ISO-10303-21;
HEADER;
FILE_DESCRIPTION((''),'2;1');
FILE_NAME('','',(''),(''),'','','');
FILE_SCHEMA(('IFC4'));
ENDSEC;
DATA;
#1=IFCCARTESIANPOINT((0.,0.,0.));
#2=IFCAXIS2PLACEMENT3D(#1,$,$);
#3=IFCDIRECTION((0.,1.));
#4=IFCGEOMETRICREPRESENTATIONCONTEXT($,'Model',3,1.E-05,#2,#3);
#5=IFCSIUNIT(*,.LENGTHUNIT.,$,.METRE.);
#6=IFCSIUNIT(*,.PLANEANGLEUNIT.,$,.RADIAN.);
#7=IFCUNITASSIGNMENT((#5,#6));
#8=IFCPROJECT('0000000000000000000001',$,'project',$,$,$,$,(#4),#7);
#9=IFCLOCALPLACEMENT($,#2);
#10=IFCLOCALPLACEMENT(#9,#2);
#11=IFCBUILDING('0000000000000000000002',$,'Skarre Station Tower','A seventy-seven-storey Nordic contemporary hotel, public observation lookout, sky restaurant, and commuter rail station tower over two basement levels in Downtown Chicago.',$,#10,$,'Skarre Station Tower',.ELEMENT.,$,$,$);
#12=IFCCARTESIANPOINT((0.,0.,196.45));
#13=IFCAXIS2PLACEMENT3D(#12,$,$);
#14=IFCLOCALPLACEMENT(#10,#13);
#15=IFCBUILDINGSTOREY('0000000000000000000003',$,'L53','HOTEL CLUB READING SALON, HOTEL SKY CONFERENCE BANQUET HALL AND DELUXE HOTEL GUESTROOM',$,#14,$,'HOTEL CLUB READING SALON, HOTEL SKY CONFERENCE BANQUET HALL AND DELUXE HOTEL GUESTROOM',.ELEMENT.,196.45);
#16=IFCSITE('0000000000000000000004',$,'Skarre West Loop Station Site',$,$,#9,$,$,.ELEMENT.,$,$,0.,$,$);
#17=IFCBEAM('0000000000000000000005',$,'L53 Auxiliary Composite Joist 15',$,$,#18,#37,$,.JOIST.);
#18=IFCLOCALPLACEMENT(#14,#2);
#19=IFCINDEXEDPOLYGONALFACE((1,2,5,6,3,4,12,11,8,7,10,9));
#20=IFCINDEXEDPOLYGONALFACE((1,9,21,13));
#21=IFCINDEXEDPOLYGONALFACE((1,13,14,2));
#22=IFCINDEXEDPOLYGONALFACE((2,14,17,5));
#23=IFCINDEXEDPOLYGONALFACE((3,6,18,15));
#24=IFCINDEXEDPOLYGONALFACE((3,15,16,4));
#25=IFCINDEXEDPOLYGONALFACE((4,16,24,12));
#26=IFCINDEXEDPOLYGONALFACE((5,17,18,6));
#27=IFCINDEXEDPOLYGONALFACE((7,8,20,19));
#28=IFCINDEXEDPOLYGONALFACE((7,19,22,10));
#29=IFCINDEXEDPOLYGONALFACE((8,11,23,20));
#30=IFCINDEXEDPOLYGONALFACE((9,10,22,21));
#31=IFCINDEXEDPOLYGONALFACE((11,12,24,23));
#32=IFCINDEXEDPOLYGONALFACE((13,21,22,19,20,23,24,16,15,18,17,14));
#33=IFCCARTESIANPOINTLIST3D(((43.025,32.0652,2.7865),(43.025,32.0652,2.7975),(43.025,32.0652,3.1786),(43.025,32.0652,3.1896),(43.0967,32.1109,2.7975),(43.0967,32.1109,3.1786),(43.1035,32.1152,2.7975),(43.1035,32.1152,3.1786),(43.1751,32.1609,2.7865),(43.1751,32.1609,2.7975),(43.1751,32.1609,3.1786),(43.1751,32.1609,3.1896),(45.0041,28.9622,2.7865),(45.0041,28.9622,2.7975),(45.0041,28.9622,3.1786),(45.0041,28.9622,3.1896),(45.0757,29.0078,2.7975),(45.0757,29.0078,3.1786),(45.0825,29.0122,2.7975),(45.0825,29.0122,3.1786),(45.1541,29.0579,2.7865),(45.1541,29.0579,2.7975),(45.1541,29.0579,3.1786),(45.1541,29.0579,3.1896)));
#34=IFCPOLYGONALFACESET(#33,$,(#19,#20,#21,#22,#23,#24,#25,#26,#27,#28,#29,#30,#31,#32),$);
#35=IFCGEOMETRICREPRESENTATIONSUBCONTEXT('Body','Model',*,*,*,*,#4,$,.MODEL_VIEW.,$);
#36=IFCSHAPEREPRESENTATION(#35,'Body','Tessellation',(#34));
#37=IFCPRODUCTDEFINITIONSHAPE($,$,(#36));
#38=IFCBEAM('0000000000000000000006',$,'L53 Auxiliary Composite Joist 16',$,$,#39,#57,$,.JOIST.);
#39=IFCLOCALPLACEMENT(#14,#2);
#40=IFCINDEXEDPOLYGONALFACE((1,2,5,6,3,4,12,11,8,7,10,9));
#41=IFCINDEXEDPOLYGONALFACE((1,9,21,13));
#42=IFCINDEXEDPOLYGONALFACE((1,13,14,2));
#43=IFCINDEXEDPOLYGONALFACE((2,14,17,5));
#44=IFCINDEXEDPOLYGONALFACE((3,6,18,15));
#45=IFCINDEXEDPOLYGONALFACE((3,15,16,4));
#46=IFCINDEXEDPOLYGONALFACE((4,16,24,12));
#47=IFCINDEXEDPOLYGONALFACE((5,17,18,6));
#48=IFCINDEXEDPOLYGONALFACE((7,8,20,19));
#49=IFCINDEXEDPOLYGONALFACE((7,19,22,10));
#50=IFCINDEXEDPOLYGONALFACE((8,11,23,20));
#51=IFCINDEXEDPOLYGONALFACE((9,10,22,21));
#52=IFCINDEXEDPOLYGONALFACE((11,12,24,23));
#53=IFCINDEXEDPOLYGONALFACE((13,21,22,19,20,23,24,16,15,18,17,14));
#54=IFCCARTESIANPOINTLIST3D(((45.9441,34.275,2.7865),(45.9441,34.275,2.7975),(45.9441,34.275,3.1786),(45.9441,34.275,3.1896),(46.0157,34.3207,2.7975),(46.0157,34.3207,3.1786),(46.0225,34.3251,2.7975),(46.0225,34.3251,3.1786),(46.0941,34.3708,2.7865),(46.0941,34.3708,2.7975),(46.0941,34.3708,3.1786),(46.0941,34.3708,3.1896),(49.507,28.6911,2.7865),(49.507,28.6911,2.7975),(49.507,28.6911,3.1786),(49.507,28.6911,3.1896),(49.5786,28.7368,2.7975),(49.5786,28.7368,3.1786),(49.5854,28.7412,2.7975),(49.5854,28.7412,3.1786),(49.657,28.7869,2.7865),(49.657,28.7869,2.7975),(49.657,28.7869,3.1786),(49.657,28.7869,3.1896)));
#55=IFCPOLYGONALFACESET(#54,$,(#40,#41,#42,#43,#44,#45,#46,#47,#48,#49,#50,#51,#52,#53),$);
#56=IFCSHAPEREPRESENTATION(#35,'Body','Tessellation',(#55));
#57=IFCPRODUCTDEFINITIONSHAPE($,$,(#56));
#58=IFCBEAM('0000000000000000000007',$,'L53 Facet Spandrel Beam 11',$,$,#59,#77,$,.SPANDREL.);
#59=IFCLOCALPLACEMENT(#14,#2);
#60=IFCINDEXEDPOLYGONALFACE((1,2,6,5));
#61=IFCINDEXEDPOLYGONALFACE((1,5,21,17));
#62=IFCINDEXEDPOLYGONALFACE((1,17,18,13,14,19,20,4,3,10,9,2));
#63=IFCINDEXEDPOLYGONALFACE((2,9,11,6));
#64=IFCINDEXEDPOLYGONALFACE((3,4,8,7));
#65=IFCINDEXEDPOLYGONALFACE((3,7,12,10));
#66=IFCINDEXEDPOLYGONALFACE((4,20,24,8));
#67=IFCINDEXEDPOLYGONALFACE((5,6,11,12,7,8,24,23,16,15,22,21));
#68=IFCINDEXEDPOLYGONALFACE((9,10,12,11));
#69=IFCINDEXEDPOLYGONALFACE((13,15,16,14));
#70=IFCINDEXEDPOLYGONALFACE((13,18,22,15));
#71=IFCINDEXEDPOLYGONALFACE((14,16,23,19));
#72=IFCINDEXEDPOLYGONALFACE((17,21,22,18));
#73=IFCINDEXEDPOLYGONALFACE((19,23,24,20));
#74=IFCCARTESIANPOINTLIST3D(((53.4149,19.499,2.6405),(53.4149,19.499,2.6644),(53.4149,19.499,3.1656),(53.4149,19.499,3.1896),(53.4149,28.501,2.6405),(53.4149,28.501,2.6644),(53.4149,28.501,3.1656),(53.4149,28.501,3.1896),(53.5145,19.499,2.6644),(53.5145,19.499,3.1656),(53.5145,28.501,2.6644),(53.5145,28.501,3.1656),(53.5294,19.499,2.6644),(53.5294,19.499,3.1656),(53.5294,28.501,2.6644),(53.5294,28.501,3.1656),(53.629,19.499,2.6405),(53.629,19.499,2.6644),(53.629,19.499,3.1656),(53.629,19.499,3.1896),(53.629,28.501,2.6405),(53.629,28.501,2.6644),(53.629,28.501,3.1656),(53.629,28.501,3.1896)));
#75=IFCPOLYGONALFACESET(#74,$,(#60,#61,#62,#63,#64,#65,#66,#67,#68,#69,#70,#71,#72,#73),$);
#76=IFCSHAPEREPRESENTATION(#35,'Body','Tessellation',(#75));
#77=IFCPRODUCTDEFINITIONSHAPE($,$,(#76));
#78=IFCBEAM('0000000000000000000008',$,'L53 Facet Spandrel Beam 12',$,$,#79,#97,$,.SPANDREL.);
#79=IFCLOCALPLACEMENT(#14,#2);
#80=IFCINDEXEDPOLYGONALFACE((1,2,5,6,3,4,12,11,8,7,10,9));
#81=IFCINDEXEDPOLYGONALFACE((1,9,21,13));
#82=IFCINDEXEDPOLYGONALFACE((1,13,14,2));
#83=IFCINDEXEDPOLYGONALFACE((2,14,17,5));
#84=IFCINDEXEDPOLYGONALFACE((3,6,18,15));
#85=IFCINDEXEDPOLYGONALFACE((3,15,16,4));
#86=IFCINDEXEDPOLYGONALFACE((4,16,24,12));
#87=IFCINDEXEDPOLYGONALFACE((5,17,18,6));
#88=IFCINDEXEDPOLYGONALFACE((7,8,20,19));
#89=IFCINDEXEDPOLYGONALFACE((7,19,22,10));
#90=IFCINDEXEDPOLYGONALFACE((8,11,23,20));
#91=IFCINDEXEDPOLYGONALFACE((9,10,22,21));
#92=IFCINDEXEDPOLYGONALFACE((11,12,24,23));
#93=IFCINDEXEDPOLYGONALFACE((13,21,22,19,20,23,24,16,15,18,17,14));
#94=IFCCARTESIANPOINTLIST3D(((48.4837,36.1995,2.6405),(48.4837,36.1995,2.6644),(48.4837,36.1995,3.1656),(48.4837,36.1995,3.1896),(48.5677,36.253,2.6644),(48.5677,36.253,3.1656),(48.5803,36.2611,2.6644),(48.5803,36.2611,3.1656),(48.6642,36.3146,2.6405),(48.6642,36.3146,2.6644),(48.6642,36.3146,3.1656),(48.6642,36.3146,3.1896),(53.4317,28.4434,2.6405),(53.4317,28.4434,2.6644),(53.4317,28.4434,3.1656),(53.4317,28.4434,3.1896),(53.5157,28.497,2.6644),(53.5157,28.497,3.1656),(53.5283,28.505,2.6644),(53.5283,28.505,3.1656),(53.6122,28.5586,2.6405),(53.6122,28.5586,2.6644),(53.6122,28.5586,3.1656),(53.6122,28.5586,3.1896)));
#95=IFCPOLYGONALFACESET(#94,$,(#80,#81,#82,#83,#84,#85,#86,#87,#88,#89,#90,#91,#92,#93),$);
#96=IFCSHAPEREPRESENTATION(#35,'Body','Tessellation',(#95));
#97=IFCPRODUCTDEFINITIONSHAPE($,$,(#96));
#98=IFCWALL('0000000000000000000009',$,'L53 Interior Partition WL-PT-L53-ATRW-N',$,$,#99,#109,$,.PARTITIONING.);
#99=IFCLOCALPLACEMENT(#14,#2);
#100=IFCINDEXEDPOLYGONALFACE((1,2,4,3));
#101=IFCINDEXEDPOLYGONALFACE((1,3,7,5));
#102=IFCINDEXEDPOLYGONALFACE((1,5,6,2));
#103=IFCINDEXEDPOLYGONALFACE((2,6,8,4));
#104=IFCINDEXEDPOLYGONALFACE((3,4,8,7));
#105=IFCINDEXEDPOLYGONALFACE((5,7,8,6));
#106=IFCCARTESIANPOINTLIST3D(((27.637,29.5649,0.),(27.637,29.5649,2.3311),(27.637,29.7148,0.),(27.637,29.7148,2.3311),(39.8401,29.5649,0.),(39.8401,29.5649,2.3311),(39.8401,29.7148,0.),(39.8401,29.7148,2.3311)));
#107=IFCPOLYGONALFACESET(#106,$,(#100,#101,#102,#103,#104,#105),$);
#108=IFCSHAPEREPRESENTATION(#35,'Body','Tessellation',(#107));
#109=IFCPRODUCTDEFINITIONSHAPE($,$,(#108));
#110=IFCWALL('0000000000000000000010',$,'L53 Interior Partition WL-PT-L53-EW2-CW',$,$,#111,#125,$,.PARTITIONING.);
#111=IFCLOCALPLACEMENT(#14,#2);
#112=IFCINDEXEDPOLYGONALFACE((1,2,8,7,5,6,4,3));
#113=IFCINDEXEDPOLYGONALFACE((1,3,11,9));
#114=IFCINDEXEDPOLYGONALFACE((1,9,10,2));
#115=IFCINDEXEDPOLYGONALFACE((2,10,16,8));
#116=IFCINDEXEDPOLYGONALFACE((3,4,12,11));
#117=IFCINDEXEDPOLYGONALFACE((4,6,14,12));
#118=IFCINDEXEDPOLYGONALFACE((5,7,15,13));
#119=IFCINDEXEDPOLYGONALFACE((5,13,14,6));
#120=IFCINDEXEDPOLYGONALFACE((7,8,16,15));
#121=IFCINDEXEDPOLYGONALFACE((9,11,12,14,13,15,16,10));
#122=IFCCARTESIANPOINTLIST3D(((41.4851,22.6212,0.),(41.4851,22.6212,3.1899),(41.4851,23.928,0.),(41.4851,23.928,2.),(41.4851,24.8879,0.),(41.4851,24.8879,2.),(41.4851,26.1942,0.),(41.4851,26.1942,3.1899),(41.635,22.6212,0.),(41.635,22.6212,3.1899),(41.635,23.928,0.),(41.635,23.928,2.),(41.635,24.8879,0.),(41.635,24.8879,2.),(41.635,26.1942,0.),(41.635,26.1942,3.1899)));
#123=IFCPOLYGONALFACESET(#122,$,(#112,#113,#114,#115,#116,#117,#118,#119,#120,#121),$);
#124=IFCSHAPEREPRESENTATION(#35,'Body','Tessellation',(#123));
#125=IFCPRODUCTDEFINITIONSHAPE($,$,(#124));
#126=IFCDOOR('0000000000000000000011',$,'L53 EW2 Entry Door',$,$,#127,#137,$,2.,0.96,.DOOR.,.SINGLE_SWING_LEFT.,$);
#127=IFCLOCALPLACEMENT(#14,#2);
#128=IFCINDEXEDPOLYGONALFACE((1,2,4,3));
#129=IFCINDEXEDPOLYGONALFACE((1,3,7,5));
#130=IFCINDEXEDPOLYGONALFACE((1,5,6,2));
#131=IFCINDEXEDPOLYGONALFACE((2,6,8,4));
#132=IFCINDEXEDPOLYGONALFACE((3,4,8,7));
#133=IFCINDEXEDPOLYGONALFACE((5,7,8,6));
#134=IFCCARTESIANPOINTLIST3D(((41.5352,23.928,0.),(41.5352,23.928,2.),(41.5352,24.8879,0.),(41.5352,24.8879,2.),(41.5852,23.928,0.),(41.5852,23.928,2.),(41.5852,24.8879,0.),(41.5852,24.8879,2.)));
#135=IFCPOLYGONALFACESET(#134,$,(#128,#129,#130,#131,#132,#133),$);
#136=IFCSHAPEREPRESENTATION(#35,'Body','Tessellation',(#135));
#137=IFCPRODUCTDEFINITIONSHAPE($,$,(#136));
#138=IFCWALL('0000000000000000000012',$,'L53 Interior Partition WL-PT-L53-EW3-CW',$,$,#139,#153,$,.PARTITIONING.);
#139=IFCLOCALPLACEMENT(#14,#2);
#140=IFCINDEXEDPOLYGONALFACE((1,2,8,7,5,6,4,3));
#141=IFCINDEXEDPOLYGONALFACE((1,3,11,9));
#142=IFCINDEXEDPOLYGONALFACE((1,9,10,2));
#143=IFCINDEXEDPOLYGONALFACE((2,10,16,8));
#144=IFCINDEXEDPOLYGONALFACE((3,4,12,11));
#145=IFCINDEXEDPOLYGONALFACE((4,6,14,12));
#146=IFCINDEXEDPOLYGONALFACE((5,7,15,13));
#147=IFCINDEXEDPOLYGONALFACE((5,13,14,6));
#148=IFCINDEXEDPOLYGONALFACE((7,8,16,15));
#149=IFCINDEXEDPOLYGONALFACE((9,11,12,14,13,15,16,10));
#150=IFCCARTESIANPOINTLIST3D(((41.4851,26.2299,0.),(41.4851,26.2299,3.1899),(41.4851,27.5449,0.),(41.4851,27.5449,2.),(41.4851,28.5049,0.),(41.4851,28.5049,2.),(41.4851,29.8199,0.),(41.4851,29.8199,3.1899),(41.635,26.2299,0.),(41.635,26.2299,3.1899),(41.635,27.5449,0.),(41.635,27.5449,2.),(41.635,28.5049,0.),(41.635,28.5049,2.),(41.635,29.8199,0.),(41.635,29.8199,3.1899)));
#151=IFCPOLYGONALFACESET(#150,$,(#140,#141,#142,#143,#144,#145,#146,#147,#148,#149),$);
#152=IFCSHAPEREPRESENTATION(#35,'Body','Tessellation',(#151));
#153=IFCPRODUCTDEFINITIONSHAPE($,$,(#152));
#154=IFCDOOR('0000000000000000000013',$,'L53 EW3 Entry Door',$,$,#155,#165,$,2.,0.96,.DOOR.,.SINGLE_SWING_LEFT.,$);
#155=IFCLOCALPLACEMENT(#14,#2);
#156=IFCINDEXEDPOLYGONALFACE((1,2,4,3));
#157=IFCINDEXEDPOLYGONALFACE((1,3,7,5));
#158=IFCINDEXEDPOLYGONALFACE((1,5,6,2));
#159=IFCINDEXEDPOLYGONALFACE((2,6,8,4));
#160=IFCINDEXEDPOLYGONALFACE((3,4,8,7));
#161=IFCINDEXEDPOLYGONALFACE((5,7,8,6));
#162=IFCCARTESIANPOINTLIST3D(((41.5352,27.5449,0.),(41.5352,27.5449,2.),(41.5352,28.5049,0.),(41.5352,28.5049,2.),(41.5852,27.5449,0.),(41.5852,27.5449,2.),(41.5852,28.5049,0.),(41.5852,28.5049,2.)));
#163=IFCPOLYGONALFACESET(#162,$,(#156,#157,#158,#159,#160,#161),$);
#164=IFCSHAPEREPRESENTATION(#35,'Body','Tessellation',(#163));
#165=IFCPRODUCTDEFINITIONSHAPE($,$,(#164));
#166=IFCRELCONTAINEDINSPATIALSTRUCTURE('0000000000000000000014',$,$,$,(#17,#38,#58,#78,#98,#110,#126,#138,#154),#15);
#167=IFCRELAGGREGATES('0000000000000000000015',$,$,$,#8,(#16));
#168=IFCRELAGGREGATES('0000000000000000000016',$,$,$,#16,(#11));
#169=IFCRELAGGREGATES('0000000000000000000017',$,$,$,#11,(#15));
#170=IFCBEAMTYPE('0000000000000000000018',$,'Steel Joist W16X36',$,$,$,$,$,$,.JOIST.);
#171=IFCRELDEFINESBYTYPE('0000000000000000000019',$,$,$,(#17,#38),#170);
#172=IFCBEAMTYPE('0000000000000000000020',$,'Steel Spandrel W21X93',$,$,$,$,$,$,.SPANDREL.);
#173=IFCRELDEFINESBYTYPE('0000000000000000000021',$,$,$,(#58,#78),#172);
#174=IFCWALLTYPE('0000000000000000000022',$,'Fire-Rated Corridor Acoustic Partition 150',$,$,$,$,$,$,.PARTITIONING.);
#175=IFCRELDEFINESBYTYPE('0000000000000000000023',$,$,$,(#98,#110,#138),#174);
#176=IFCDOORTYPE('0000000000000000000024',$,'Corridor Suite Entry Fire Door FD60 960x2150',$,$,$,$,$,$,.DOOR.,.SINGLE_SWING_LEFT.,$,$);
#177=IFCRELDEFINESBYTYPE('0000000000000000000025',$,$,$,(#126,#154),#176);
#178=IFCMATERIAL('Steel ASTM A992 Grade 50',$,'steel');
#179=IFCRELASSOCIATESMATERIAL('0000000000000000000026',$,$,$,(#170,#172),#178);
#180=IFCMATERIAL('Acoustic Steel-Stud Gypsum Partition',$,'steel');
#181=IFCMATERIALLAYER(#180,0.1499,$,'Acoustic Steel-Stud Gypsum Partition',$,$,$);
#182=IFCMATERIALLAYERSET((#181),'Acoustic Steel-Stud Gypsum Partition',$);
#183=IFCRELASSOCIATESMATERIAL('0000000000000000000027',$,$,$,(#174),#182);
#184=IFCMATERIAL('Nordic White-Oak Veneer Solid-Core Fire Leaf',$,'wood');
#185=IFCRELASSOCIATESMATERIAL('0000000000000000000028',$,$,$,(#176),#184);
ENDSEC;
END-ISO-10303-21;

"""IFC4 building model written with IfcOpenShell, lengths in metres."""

from ifc_helpers import new_model, si_unit, direction, frame, frame_2d, origin, origin_2d, place, context, subcontext, project, spatial, rectangle, i_section, extrude, material, layer, layer_set, material_profile, profile_set, type_object, element, fill, save


model = new_model("IFC4")

# Units and contexts
model_context = context("Model", 3, precision=1e-05, world=origin(), true_north=direction((0.0, 1.0)))
body_context = subcontext(model_context, "Body", "Model", "MODEL_VIEW")
ifc_project = project(units=[si_unit("LENGTHUNIT", "METRE"), si_unit("PLANEANGLEUNIT", "RADIAN")], contexts=[model_context])

# Site, building, storey
site_placement = place(None, origin())
site = spatial("IfcSite", under=ifc_project, at=site_placement, Name="Skarre West Loop Station Site", CompositionType="ELEMENT", RefElevation=0.0)
building_placement = place(site_placement, origin())
building = spatial("IfcBuilding", under=site, at=building_placement, Name="Skarre Station Tower", Description="A seventy-seven-storey Nordic contemporary hotel, public observation lookout, sky restaurant, and commuter rail station tower over two basement levels in Downtown Chicago.", LongName="Skarre Station Tower", CompositionType="ELEMENT")
storey_placement = place(building_placement, frame((0.0, 0.0, 196.45)))
storey = spatial("IfcBuildingStorey", under=building, at=storey_placement, Name="L53", Description="HOTEL CLUB READING SALON, HOTEL SKY CONFERENCE BANQUET HALL AND DELUXE HOTEL GUESTROOM", LongName="HOTEL CLUB READING SALON, HOTEL SKY CONFERENCE BANQUET HALL AND DELUXE HOTEL GUESTROOM", CompositionType="ELEMENT", Elevation=196.45)

# Beams
ifc_material_1 = material(Name="Steel ASTM A992 Grade 50", Category="steel")
ifc_material_profile_1 = material_profile(ifc_material_1, i_section(OverallWidth=0.178, OverallDepth=0.4031, WebThickness=0.0081, FlangeThickness=0.011, at=origin_2d()), Name="Steel ASTM A992 Grade 50")
ifc_profile_set_1 = profile_set([ifc_material_profile_1], Name="Steel ASTM A992 Grade 50")
beam_type_1 = type_object("IfcBeamType", Name="Steel Joist W16X36", PredefinedType="JOIST", material=ifc_profile_set_1)
beam_1_placement = place(storey_placement, frame((45.0791, 29.01, 2.988), z_axis=(-0.537717, 0.843126, 0.0), x_axis=(-0.843126, -0.537717, 0.0)))
element("IfcBeam", 1, at=beam_1_placement, inside=storey, type_object=beam_type_1, Name="L53 Auxiliary Composite Joist 15", PredefinedType="JOIST", context=body_context, shape_type="SweptSolid", body=[
    extrude(i_section(OverallWidth=0.178, OverallDepth=0.4031, WebThickness=0.0081, FlangeThickness=0.011, at=origin_2d()), origin(), (0.0, 0.0, 1.0), 3.6804),
])
beam_2_placement = place(storey_placement, frame((49.582, 28.739, 2.988), z_axis=(-0.537901, 0.843008, 0.0), x_axis=(-0.843008, -0.537901, 0.0)))
element("IfcBeam", 2, at=beam_2_placement, inside=storey, type_object=beam_type_1, Name="L53 Auxiliary Composite Joist 16", PredefinedType="JOIST", context=body_context, shape_type="SweptSolid", body=[
    extrude(i_section(OverallWidth=0.178, OverallDepth=0.4031, WebThickness=0.0081, FlangeThickness=0.011, at=origin_2d()), origin(), (0.0, 0.0, 1.0), 6.6238),
])
ifc_material_profile_2 = material_profile(ifc_material_1, i_section(OverallWidth=0.2141, OverallDepth=0.5491, WebThickness=0.0149, FlangeThickness=0.0239, at=origin_2d()), Name="Steel ASTM A992 Grade 50")
ifc_profile_set_2 = profile_set([ifc_material_profile_2], Name="Steel ASTM A992 Grade 50")
beam_type_2 = type_object("IfcBeamType", Name="Steel Spandrel W21X93", PredefinedType="SPANDREL", material=ifc_profile_set_2)
beam_3_placement = place(storey_placement, frame((53.522, 19.499, 2.915), z_axis=(0.0, 1.0, 0.0), x_axis=(-1.0, 0.0, 0.0)))
element("IfcBeam", 3, at=beam_3_placement, inside=storey, type_object=beam_type_2, Name="L53 Facet Spandrel Beam 11", PredefinedType="SPANDREL", context=body_context, shape_type="SweptSolid", body=[
    extrude(i_section(OverallWidth=0.2141, OverallDepth=0.5491, WebThickness=0.0149, FlangeThickness=0.0239, at=origin_2d()), origin(), (0.0, 0.0, 1.0), 9.002),
])
beam_4_placement = place(storey_placement, frame((53.522, 28.501, 2.915), z_axis=(-0.537826, 0.843056, 0.0), x_axis=(-0.843056, -0.537826, 0.0)))
element("IfcBeam", 4, at=beam_4_placement, inside=storey, type_object=beam_type_2, Name="L53 Facet Spandrel Beam 12", PredefinedType="SPANDREL", context=body_context, shape_type="SweptSolid", body=[
    extrude(i_section(OverallWidth=0.2141, OverallDepth=0.5491, WebThickness=0.0149, FlangeThickness=0.0239, at=origin_2d()), origin(), (0.0, 0.0, 1.0), 9.2),
])

# Wall
ifc_material_2 = material(Name="Acoustic Steel-Stud Gypsum Partition", Category="steel")
ifc_layer_1 = layer(ifc_material_2, 0.1499, Name="Acoustic Steel-Stud Gypsum Partition")
ifc_layer_set_1 = layer_set([ifc_layer_1], Name="Acoustic Steel-Stud Gypsum Partition")
wall_type_1 = type_object("IfcWallType", Name="Fire-Rated Corridor Acoustic Partition 150", PredefinedType="PARTITIONING", material=ifc_layer_set_1)
wall_1_placement = place(storey_placement, frame((39.8401, 29.6399, 0.0), z_axis=(0.0, 0.0, 1.0), x_axis=(-1.0, 0.0, 0.0)))
element("IfcWall", 5, at=wall_1_placement, inside=storey, type_object=wall_type_1, Name="L53 Interior Partition WL-PT-L53-ATRW-N", PredefinedType="PARTITIONING", context=body_context, shape_type="SweptSolid", body=[
    extrude(rectangle(XDim=12.2031, YDim=0.1499, at=frame_2d((6.1016, 0.0))), origin(), (0.0, 0.0, 1.0), 2.3311),
])

# Walls, openings, doors
wall_2_placement = place(storey_placement, frame((41.5601, 22.6211, 0.0), z_axis=(0.0, 0.0, 1.0), x_axis=(0.0, 1.0, 0.0)))
wall_2 = element("IfcWall", 6, at=wall_2_placement, inside=storey, type_object=wall_type_1, Name="L53 Interior Partition WL-PT-L53-EW2-CW", PredefinedType="PARTITIONING", context=body_context, shape_type="SweptSolid", body=[
    extrude(rectangle(XDim=3.573, YDim=0.1499, at=frame_2d((1.7866, 0.0))), origin(), (0.0, 0.0, 1.0), 3.1899),
])
opening_1_placement = place(wall_2_placement, frame((1.3069, 0.0, 0.0)))
opening_1 = element("IfcOpeningElement", 7, at=opening_1_placement, cuts=wall_2, PredefinedType="OPENING", context=body_context, shape_type="SweptSolid", body=[
    extrude(rectangle(XDim=0.96, YDim=2.0, at=frame_2d((0.48, 1.0))), frame((0.0, 0.085, 0.0), z_axis=(0.0, -1.0, 0.0), x_axis=(1.0, 0.0, 0.0)), (0.0, 0.0, 1.0), 0.1699),
])
ifc_material_3 = material(Name="Nordic White-Oak Veneer Solid-Core Fire Leaf", Category="wood")
door_type_1 = type_object("IfcDoorType", Name="Corridor Suite Entry Fire Door FD60 960x2150", OperationType="SINGLE_SWING_LEFT", PredefinedType="DOOR", material=ifc_material_3)
door_1_placement = place(opening_1_placement, origin())
door_1 = element("IfcDoor", 8, at=door_1_placement, inside=storey, type_object=door_type_1, Name="L53 EW2 Entry Door", OperationType="SINGLE_SWING_LEFT", OverallHeight=2.0, OverallWidth=0.96, PredefinedType="DOOR", context=body_context, shape_type="SweptSolid", body=[
    extrude(rectangle(XDim=0.96, YDim=2.0, at=frame_2d((0.48, 1.0))), frame((0.0, 0.0249, 0.0), z_axis=(0.0, -1.0, 0.0), x_axis=(1.0, 0.0, 0.0)), (0.0, 0.0, 1.0), 0.05),
])
fill(opening_1, door_1)
wall_3_placement = place(storey_placement, frame((41.5601, 26.23, 0.0), z_axis=(0.0, 0.0, 1.0), x_axis=(0.0, 1.0, 0.0)))
wall_3 = element("IfcWall", 9, at=wall_3_placement, inside=storey, type_object=wall_type_1, Name="L53 Interior Partition WL-PT-L53-EW3-CW", PredefinedType="PARTITIONING", context=body_context, shape_type="SweptSolid", body=[
    extrude(rectangle(XDim=3.5901, YDim=0.1499, at=frame_2d((1.7949, 0.0))), origin(), (0.0, 0.0, 1.0), 3.1899),
])
opening_2_placement = place(wall_3_placement, frame((1.3149, 0.0, 0.0)))
opening_2 = element("IfcOpeningElement", 10, at=opening_2_placement, cuts=wall_3, PredefinedType="OPENING", context=body_context, shape_type="SweptSolid", body=[
    extrude(rectangle(XDim=0.96, YDim=2.0, at=frame_2d((0.48, 1.0))), frame((0.0, 0.085, 0.0), z_axis=(0.0, -1.0, 0.0), x_axis=(1.0, 0.0, 0.0)), (0.0, 0.0, 1.0), 0.1699),
])
door_2_placement = place(opening_2_placement, origin())
door_2 = element("IfcDoor", 11, at=door_2_placement, inside=storey, type_object=door_type_1, Name="L53 EW3 Entry Door", OperationType="SINGLE_SWING_LEFT", OverallHeight=2.0, OverallWidth=0.96, PredefinedType="DOOR", context=body_context, shape_type="SweptSolid", body=[
    extrude(rectangle(XDim=0.96, YDim=2.0, at=frame_2d((0.48, 1.0))), frame((0.0, 0.0249, 0.0), z_axis=(0.0, -1.0, 0.0), x_axis=(1.0, 0.0, 0.0)), (0.0, 0.0, 1.0), 0.05),
])
fill(opening_2, door_2)

save(model, "model.ifc")
